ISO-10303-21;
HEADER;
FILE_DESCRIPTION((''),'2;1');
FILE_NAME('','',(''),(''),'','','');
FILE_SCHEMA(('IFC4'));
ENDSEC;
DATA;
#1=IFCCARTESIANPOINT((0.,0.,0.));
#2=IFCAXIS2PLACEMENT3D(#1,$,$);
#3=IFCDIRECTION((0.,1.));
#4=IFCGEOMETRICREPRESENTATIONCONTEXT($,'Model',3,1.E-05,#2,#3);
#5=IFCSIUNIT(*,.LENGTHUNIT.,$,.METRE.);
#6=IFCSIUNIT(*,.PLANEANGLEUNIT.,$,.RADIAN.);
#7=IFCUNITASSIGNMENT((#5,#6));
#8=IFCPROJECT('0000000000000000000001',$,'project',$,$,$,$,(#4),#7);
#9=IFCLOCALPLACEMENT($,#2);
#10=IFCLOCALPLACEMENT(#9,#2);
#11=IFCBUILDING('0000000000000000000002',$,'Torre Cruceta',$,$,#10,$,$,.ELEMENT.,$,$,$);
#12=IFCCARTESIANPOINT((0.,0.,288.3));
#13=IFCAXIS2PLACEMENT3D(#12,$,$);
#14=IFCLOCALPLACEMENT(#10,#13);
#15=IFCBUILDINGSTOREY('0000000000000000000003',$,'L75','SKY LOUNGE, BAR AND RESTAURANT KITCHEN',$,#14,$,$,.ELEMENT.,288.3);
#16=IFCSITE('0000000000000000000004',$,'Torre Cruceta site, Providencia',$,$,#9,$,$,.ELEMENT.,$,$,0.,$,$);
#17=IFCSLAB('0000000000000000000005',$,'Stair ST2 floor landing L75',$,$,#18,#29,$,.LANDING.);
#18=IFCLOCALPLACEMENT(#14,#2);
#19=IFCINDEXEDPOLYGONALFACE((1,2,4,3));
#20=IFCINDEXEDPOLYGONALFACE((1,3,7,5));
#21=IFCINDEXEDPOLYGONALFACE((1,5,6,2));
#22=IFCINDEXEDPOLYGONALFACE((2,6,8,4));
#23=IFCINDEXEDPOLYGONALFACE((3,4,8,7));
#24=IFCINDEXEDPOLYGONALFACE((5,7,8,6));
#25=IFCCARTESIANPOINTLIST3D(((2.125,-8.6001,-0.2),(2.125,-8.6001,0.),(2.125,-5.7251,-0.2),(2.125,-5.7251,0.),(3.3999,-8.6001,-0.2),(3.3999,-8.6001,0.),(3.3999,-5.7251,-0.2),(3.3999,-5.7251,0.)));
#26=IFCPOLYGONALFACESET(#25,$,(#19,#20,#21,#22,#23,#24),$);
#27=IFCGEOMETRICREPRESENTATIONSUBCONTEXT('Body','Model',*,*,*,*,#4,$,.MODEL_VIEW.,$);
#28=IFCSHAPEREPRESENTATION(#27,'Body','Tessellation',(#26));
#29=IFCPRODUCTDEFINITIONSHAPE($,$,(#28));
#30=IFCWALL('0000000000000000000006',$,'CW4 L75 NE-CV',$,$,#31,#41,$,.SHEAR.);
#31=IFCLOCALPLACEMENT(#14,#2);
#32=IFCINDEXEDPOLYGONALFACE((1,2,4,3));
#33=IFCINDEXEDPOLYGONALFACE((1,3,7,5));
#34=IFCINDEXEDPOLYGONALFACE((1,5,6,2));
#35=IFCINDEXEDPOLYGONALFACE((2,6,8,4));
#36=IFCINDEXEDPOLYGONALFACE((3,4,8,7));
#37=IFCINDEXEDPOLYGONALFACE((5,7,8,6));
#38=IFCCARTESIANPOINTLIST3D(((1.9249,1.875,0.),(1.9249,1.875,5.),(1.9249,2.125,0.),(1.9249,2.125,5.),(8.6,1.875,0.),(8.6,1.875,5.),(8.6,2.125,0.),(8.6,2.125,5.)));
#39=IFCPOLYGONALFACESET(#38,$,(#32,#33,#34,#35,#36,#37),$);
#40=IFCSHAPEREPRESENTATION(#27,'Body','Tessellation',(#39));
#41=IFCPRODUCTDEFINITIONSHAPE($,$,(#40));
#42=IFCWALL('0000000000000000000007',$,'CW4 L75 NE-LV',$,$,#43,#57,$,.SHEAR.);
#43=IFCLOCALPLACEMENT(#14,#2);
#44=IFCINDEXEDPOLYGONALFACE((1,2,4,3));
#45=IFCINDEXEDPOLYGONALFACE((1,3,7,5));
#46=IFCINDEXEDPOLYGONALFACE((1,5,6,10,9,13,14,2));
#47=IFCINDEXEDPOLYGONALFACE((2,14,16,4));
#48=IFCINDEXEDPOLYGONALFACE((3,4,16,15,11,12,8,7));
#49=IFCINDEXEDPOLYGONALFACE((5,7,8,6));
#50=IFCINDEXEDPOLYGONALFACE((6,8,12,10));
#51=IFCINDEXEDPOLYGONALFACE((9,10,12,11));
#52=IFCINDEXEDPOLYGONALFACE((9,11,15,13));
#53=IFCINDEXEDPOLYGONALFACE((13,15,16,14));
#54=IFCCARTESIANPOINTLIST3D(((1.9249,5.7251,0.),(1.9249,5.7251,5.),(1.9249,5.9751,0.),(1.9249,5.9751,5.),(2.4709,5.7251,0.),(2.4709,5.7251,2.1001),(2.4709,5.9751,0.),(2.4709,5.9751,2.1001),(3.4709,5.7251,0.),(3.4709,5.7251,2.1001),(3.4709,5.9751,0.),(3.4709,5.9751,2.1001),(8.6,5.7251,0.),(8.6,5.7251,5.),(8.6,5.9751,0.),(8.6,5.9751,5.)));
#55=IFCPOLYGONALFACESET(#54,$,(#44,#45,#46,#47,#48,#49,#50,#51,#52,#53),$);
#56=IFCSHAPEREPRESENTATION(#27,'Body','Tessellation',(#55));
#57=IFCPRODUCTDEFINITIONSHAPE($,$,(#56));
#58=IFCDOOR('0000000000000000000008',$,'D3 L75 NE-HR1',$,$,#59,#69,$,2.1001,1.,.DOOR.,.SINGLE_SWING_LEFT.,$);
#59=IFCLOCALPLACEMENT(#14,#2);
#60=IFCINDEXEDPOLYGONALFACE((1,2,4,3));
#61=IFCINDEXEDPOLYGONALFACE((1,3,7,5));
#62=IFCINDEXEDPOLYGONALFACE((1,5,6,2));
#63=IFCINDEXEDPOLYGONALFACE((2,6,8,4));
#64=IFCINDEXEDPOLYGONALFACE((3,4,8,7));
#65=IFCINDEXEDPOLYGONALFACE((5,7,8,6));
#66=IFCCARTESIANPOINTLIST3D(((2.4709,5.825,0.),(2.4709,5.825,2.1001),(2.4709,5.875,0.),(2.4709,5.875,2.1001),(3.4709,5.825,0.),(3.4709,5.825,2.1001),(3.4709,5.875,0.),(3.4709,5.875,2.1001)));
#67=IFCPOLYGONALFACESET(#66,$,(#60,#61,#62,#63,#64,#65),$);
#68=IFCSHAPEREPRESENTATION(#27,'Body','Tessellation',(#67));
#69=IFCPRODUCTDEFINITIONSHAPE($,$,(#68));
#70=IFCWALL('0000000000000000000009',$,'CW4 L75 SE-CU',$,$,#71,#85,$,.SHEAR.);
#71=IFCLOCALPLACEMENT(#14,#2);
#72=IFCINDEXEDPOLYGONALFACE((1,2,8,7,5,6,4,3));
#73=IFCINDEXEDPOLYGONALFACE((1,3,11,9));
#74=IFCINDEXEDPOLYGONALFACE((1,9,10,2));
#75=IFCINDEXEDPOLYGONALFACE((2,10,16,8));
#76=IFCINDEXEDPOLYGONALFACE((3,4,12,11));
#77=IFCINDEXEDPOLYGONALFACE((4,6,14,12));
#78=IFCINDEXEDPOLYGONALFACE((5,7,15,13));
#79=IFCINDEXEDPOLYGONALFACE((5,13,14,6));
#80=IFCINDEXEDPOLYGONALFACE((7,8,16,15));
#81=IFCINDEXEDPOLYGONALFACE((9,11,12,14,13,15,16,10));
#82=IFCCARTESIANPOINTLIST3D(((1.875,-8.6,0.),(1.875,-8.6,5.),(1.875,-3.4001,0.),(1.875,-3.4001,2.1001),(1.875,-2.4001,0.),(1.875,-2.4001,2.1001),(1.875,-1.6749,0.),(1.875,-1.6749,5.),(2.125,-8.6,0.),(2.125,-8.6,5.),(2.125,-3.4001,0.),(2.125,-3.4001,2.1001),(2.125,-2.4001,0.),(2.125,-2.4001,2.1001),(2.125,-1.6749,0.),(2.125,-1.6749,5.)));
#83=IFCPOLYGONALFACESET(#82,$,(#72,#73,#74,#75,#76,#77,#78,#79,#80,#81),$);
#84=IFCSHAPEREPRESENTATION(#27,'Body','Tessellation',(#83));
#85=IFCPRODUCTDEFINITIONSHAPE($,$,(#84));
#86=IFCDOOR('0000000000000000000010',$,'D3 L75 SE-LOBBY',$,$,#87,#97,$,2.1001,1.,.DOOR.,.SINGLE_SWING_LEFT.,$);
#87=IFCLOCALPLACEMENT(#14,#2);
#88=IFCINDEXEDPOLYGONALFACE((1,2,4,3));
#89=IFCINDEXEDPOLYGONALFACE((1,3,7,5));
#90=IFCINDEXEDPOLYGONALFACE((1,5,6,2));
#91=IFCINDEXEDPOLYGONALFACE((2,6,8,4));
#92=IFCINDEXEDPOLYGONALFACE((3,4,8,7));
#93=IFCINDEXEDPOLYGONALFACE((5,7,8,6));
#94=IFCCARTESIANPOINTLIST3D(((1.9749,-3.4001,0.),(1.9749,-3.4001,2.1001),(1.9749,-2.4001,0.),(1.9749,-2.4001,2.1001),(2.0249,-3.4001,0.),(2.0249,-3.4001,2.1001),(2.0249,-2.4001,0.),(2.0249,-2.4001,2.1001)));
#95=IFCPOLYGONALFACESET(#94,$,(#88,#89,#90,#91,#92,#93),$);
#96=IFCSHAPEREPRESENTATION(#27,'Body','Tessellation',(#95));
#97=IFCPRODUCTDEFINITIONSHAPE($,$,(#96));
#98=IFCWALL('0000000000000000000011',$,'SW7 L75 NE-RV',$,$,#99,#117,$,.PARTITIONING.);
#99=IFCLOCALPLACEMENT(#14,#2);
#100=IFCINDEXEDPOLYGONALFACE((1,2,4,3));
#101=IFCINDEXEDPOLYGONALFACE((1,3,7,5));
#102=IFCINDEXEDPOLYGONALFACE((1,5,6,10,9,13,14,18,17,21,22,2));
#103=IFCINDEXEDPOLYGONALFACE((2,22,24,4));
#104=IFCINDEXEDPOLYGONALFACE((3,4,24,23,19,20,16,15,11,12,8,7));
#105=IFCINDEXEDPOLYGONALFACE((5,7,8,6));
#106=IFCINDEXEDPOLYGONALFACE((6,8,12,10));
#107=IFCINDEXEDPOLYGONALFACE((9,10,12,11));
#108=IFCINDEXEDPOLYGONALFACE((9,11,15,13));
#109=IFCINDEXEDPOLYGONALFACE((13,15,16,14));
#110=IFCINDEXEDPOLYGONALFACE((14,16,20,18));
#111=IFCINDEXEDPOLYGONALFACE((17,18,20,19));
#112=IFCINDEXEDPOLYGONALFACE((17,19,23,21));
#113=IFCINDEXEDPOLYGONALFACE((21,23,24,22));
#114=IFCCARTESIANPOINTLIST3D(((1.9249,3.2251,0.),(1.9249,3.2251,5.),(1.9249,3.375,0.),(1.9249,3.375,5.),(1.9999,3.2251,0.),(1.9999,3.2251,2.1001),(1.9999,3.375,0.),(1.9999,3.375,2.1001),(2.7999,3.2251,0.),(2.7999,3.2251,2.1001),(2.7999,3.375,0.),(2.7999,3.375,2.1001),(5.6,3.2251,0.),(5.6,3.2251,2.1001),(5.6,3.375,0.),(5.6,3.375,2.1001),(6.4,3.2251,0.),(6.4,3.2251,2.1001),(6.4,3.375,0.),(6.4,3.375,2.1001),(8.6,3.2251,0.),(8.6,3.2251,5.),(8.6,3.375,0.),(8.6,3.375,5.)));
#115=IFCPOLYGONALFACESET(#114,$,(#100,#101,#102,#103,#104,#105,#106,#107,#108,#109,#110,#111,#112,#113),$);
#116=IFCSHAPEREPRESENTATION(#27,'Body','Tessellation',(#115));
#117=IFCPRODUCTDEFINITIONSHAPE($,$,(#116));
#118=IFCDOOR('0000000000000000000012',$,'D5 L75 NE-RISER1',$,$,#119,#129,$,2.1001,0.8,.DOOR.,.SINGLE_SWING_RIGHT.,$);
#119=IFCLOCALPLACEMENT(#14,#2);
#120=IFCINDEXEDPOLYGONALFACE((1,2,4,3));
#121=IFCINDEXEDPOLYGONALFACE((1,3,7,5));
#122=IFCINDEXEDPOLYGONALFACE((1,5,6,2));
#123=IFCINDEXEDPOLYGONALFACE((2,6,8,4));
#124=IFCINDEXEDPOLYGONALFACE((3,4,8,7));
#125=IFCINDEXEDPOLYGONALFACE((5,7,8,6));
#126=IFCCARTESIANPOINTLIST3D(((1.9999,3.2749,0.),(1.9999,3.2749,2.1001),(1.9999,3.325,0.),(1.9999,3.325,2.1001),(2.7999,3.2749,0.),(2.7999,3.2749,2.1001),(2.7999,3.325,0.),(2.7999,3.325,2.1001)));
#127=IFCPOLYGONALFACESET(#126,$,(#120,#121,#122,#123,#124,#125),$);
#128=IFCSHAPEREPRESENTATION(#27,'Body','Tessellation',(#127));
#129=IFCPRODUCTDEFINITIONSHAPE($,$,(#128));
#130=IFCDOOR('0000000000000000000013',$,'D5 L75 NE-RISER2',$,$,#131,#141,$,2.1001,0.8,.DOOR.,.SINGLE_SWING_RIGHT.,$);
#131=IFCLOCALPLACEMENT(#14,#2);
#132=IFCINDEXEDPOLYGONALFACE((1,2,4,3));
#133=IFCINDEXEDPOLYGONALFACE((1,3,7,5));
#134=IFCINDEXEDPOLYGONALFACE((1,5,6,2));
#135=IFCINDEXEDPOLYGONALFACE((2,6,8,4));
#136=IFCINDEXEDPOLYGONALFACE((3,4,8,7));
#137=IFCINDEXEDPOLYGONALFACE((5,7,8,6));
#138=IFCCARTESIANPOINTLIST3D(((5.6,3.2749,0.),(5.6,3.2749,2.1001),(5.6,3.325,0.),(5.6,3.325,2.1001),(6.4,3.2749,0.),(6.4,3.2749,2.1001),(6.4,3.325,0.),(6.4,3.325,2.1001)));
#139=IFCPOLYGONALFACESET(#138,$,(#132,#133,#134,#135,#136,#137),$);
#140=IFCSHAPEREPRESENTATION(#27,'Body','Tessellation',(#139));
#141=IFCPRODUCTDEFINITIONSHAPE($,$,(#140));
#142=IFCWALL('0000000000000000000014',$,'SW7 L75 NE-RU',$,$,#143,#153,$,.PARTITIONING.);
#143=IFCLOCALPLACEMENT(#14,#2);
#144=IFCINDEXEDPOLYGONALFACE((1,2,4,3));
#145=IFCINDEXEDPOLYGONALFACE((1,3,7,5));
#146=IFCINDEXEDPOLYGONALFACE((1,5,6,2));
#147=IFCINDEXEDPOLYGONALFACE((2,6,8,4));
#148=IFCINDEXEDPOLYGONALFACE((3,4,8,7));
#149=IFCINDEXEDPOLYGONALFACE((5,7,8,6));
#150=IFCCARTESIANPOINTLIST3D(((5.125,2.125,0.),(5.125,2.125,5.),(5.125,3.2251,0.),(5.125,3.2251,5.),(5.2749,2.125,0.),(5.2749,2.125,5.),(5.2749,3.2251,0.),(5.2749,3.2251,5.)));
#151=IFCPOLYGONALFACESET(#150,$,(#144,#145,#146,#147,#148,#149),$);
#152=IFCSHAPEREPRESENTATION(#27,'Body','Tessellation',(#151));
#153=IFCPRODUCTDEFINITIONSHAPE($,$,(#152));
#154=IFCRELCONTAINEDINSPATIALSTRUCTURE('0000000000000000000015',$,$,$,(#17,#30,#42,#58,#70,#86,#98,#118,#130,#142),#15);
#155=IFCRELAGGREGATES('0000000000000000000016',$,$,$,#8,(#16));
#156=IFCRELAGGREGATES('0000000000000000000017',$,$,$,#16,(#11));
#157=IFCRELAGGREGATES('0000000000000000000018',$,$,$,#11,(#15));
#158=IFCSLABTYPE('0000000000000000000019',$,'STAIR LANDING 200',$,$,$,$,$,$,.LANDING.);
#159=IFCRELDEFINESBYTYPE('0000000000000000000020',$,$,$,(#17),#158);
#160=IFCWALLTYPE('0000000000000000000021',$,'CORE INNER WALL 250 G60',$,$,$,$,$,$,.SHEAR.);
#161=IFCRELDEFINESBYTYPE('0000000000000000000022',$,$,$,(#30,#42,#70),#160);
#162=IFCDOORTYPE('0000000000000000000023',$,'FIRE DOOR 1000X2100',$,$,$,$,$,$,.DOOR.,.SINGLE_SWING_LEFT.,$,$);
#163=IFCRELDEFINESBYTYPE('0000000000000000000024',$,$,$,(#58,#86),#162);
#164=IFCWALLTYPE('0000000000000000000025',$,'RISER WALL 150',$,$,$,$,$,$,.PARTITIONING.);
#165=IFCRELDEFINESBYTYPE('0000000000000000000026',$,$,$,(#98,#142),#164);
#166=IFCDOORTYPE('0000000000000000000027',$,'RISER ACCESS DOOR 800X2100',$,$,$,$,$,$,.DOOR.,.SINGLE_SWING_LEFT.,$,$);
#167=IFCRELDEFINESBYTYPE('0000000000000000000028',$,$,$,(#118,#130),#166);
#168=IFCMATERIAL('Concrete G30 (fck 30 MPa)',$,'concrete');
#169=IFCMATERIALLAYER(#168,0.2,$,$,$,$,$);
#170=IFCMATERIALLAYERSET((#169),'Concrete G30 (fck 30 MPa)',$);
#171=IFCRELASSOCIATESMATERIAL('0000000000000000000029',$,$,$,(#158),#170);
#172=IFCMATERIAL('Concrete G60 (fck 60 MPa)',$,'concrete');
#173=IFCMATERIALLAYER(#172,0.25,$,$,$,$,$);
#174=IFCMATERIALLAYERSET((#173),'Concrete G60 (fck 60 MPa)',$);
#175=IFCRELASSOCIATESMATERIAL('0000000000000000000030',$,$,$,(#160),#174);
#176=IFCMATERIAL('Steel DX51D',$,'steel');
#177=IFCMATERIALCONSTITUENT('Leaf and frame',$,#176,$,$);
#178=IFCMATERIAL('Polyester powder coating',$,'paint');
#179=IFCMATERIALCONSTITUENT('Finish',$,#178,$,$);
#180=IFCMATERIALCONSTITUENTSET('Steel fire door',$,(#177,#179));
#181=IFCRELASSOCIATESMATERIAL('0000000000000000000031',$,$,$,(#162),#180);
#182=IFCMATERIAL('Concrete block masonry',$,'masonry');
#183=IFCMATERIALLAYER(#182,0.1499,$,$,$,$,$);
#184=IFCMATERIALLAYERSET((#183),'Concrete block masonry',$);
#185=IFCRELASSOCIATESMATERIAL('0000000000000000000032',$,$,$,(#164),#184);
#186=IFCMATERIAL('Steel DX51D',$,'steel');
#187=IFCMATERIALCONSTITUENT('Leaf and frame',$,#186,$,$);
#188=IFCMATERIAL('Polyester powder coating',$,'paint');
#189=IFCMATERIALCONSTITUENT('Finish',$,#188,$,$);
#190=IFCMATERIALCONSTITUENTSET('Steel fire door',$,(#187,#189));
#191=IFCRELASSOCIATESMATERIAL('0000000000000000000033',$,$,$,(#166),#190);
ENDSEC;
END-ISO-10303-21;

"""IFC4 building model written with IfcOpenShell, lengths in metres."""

from ifc_helpers import new_model, si_unit, direction, frame, frame_2d, origin, place, context, subcontext, project, spatial, polyline, rectangle, outline, extrude, material, layer, layer_set, constituent, constituent_set, type_object, element, fill, save


model = new_model("IFC4")

# Units and contexts
model_context = context("Model", 3, precision=1e-05, world=origin(), true_north=direction((0.0, 1.0)))
body_context = subcontext(model_context, "Body", "Model", "MODEL_VIEW")
ifc_project = project(units=[si_unit("LENGTHUNIT", "METRE"), si_unit("PLANEANGLEUNIT", "RADIAN")], contexts=[model_context])

# Site, building, storey
site_placement = place(None, origin())
site = spatial("IfcSite", under=ifc_project, at=site_placement, Name="Torre Cruceta site, Providencia", CompositionType="ELEMENT", RefElevation=0.0)
building_placement = place(site_placement, origin())
building = spatial("IfcBuilding", under=site, at=building_placement, Name="Torre Cruceta", CompositionType="ELEMENT")
storey_placement = place(building_placement, frame((0.0, 0.0, 288.3)))
storey = spatial("IfcBuildingStorey", under=building, at=storey_placement, Name="L75", Description="SKY LOUNGE, BAR AND RESTAURANT KITCHEN", CompositionType="ELEMENT", Elevation=288.3)

# Slab
ifc_material_1 = material(Name="Concrete G30 (fck 30 MPa)", Category="concrete")
ifc_layer_1 = layer(ifc_material_1, 0.2)
ifc_layer_set_1 = layer_set([ifc_layer_1], Name="Concrete G30 (fck 30 MPa)")
slab_type = type_object("IfcSlabType", Name="STAIR LANDING 200", PredefinedType="LANDING", material=ifc_layer_set_1)
slab_placement = place(storey_placement, frame((0.0, 0.0, -0.2)))
element("IfcSlab", 1, at=slab_placement, inside=storey, type_object=slab_type, Name="Stair ST2 floor landing L75", PredefinedType="LANDING", context=body_context, shape_type="SweptSolid", body=[
    extrude(outline(polyline([(2.125, -8.6001), (2.125, -5.7251), (3.3999, -5.7251), (3.3999, -8.6001), (2.125, -8.6001)])), origin(), (0.0, 0.0, 1.0), 0.2),
])

# Shared definitions
ifc_material_2 = material(Name="Concrete G60 (fck 60 MPa)", Category="concrete")
ifc_layer_2 = layer(ifc_material_2, 0.25)
ifc_layer_set_2 = layer_set([ifc_layer_2], Name="Concrete G60 (fck 60 MPa)")
wall_type_1 = type_object("IfcWallType", Name="CORE INNER WALL 250 G60", PredefinedType="SHEAR", material=ifc_layer_set_2)

# Wall
wall_1_placement = place(storey_placement, frame((1.925, 2.0, 0.0), z_axis=(0.0, 0.0, 1.0), x_axis=(1.0, 0.0, 0.0)))
element("IfcWall", 2, at=wall_1_placement, inside=storey, type_object=wall_type_1, Name="CW4 L75 NE-CV", PredefinedType="SHEAR", context=body_context, shape_type="SweptSolid", body=[
    extrude(rectangle(XDim=6.675, YDim=0.25, at=frame_2d((3.3374, 0.0))), origin(), (0.0, 0.0, 1.0), 5.0),
])

# Walls, openings, doors
wall_2_placement = place(storey_placement, frame((1.925, 5.8501, 0.0), z_axis=(0.0, 0.0, 1.0), x_axis=(1.0, 0.0, 0.0)))
wall_2 = element("IfcWall", 3, at=wall_2_placement, inside=storey, type_object=wall_type_1, Name="CW4 L75 NE-LV", PredefinedType="SHEAR", context=body_context, shape_type="SweptSolid", body=[
    extrude(rectangle(XDim=6.675, YDim=0.25, at=frame_2d((3.3374, 0.0))), origin(), (0.0, 0.0, 1.0), 5.0),
])
opening_1_placement = place(wall_2_placement, frame((0.5459, 0.0, 0.0)))
opening_1 = element("IfcOpeningElement", 4, at=opening_1_placement, cuts=wall_2, PredefinedType="OPENING", context=body_context, shape_type="SweptSolid", body=[
    extrude(rectangle(XDim=1.0, YDim=2.1001, at=frame_2d((0.5, 1.05))), frame((0.0, 0.135, 0.0), z_axis=(0.0, -1.0, 0.0), x_axis=(1.0, 0.0, 0.0)), (0.0, 0.0, 1.0), 0.27),
])
ifc_material_3 = material(Name="Steel DX51D", Category="steel")
ifc_constituent_1 = constituent(ifc_material_3, Name="Leaf and frame")
ifc_material_4 = material(Name="Polyester powder coating", Category="paint")
ifc_constituent_2 = constituent(ifc_material_4, Name="Finish")
ifc_constituent_set_1 = constituent_set(constituents=[ifc_constituent_1, ifc_constituent_2], Name="Steel fire door")
door_type_1 = type_object("IfcDoorType", Name="FIRE DOOR 1000X2100", OperationType="SINGLE_SWING_LEFT", PredefinedType="DOOR", material=ifc_constituent_set_1)
door_1_placement = place(opening_1_placement, origin())
door_1 = element("IfcDoor", 5, at=door_1_placement, inside=storey, type_object=door_type_1, Name="D3 L75 NE-HR1", OperationType="SINGLE_SWING_LEFT", OverallHeight=2.1001, OverallWidth=1.0, PredefinedType="DOOR", context=body_context, shape_type="SweptSolid", body=[
    extrude(rectangle(XDim=1.0, YDim=2.1001, at=frame_2d((0.5, 1.05))), frame((0.0, 0.0249, 0.0), z_axis=(0.0, -1.0, 0.0), x_axis=(1.0, 0.0, 0.0)), (0.0, 0.0, 1.0), 0.05),
])
fill(opening_1, door_1)
wall_3_placement = place(storey_placement, frame((2.0, -1.675, 0.0), z_axis=(0.0, 0.0, 1.0), x_axis=(0.0, -1.0, 0.0)))
wall_3 = element("IfcWall", 6, at=wall_3_placement, inside=storey, type_object=wall_type_1, Name="CW4 L75 SE-CU", PredefinedType="SHEAR", context=body_context, shape_type="SweptSolid", body=[
    extrude(rectangle(XDim=6.925, YDim=0.25, at=frame_2d((3.4624, 0.0))), origin(), (0.0, 0.0, 1.0), 5.0),
])
opening_2_placement = place(wall_3_placement, frame((0.7251, 0.0, 0.0)))
opening_2 = element("IfcOpeningElement", 7, at=opening_2_placement, cuts=wall_3, PredefinedType="OPENING", context=body_context, shape_type="SweptSolid", body=[
    extrude(rectangle(XDim=1.0, YDim=2.1001, at=frame_2d((0.5, 1.05))), frame((0.0, 0.135, 0.0), z_axis=(0.0, -1.0, 0.0), x_axis=(1.0, 0.0, 0.0)), (0.0, 0.0, 1.0), 0.27),
])
door_2_placement = place(opening_2_placement, origin())
door_2 = element("IfcDoor", 8, at=door_2_placement, inside=storey, type_object=door_type_1, Name="D3 L75 SE-LOBBY", OperationType="SINGLE_SWING_LEFT", OverallHeight=2.1001, OverallWidth=1.0, PredefinedType="DOOR", context=body_context, shape_type="SweptSolid", body=[
    extrude(rectangle(XDim=1.0, YDim=2.1001, at=frame_2d((0.5, 1.05))), frame((0.0, 0.0249, 0.0), z_axis=(0.0, -1.0, 0.0), x_axis=(1.0, 0.0, 0.0)), (0.0, 0.0, 1.0), 0.05),
])
fill(opening_2, door_2)

# Wall, openings, doors
ifc_material_5 = material(Name="Concrete block masonry", Category="masonry")
ifc_layer_3 = layer(ifc_material_5, 0.1499)
ifc_layer_set_3 = layer_set([ifc_layer_3], Name="Concrete block masonry")
wall_type_2 = type_object("IfcWallType", Name="RISER WALL 150", PredefinedType="PARTITIONING", material=ifc_layer_set_3)
wall_4_placement = place(storey_placement, frame((1.925, 3.3, 0.0), z_axis=(0.0, 0.0, 1.0), x_axis=(1.0, 0.0, 0.0)))
wall_4 = element("IfcWall", 9, at=wall_4_placement, inside=storey, type_object=wall_type_2, Name="SW7 L75 NE-RV", PredefinedType="PARTITIONING", context=body_context, shape_type="SweptSolid", body=[
    extrude(rectangle(XDim=6.675, YDim=0.1499, at=frame_2d((3.3374, 0.0))), origin(), (0.0, 0.0, 1.0), 5.0),
])
opening_3_placement = place(wall_4_placement, frame((0.075, 0.0, 0.0)))
opening_3 = element("IfcOpeningElement", 10, at=opening_3_placement, cuts=wall_4, PredefinedType="OPENING", context=body_context, shape_type="SweptSolid", body=[
    extrude(rectangle(XDim=0.8, YDim=2.1001, at=frame_2d((0.3999, 1.05))), frame((0.0, 0.085, 0.0), z_axis=(0.0, -1.0, 0.0), x_axis=(1.0, 0.0, 0.0)), (0.0, 0.0, 1.0), 0.1699),
])
opening_4_placement = place(wall_4_placement, frame((3.675, 0.0, 0.0)))
opening_4 = element("IfcOpeningElement", 11, at=opening_4_placement, cuts=wall_4, PredefinedType="OPENING", context=body_context, shape_type="SweptSolid", body=[
    extrude(rectangle(XDim=0.8, YDim=2.1001, at=frame_2d((0.3999, 1.05))), frame((0.0, 0.085, 0.0), z_axis=(0.0, -1.0, 0.0), x_axis=(1.0, 0.0, 0.0)), (0.0, 0.0, 1.0), 0.1699),
])
ifc_material_6 = material(Name="Steel DX51D", Category="steel")
ifc_constituent_3 = constituent(ifc_material_6, Name="Leaf and frame")
ifc_material_7 = material(Name="Polyester powder coating", Category="paint")
ifc_constituent_4 = constituent(ifc_material_7, Name="Finish")
ifc_constituent_set_2 = constituent_set(constituents=[ifc_constituent_3, ifc_constituent_4], Name="Steel fire door")
door_type_2 = type_object("IfcDoorType", Name="RISER ACCESS DOOR 800X2100", OperationType="SINGLE_SWING_LEFT", PredefinedType="DOOR", material=ifc_constituent_set_2)
door_3_placement = place(opening_3_placement, frame((0.8, 0.0, 0.0), z_axis=(0.0, 0.0, 1.0), x_axis=(-1.0, 0.0, 0.0)))
door_3 = element("IfcDoor", 12, at=door_3_placement, inside=storey, type_object=door_type_2, Name="D5 L75 NE-RISER1", OperationType="SINGLE_SWING_RIGHT", OverallHeight=2.1001, OverallWidth=0.8, PredefinedType="DOOR", context=body_context, shape_type="SweptSolid", body=[
    extrude(rectangle(XDim=0.8, YDim=2.1001, at=frame_2d((0.4001, 1.05))), frame((0.0, 0.0251, 0.0), z_axis=(0.0, -1.0, 0.0), x_axis=(1.0, 0.0, 0.0)), (0.0, 0.0, 1.0), 0.05),
])
fill(opening_3, door_3)
door_4_placement = place(opening_4_placement, frame((0.8, 0.0, 0.0), z_axis=(0.0, 0.0, 1.0), x_axis=(-1.0, 0.0, 0.0)))
door_4 = element("IfcDoor", 13, at=door_4_placement, inside=storey, type_object=door_type_2, Name="D5 L75 NE-RISER2", OperationType="SINGLE_SWING_RIGHT", OverallHeight=2.1001, OverallWidth=0.8, PredefinedType="DOOR", context=body_context, shape_type="SweptSolid", body=[
    extrude(rectangle(XDim=0.8, YDim=2.1001, at=frame_2d((0.4001, 1.05))), frame((0.0, 0.0251, 0.0), z_axis=(0.0, -1.0, 0.0), x_axis=(1.0, 0.0, 0.0)), (0.0, 0.0, 1.0), 0.05),
])
fill(opening_4, door_4)

# Wall
wall_5_placement = place(storey_placement, frame((5.2, 2.125, 0.0), z_axis=(0.0, 0.0, 1.0), x_axis=(0.0, 1.0, 0.0)))
element("IfcWall", 14, at=wall_5_placement, inside=storey, type_object=wall_type_2, Name="SW7 L75 NE-RU", PredefinedType="PARTITIONING", context=body_context, shape_type="SweptSolid", body=[
    extrude(rectangle(XDim=1.1001, YDim=0.1499, at=frame_2d((0.55, 0.0))), origin(), (0.0, 0.0, 1.0), 5.0),
])

save(model, "model.ifc")
